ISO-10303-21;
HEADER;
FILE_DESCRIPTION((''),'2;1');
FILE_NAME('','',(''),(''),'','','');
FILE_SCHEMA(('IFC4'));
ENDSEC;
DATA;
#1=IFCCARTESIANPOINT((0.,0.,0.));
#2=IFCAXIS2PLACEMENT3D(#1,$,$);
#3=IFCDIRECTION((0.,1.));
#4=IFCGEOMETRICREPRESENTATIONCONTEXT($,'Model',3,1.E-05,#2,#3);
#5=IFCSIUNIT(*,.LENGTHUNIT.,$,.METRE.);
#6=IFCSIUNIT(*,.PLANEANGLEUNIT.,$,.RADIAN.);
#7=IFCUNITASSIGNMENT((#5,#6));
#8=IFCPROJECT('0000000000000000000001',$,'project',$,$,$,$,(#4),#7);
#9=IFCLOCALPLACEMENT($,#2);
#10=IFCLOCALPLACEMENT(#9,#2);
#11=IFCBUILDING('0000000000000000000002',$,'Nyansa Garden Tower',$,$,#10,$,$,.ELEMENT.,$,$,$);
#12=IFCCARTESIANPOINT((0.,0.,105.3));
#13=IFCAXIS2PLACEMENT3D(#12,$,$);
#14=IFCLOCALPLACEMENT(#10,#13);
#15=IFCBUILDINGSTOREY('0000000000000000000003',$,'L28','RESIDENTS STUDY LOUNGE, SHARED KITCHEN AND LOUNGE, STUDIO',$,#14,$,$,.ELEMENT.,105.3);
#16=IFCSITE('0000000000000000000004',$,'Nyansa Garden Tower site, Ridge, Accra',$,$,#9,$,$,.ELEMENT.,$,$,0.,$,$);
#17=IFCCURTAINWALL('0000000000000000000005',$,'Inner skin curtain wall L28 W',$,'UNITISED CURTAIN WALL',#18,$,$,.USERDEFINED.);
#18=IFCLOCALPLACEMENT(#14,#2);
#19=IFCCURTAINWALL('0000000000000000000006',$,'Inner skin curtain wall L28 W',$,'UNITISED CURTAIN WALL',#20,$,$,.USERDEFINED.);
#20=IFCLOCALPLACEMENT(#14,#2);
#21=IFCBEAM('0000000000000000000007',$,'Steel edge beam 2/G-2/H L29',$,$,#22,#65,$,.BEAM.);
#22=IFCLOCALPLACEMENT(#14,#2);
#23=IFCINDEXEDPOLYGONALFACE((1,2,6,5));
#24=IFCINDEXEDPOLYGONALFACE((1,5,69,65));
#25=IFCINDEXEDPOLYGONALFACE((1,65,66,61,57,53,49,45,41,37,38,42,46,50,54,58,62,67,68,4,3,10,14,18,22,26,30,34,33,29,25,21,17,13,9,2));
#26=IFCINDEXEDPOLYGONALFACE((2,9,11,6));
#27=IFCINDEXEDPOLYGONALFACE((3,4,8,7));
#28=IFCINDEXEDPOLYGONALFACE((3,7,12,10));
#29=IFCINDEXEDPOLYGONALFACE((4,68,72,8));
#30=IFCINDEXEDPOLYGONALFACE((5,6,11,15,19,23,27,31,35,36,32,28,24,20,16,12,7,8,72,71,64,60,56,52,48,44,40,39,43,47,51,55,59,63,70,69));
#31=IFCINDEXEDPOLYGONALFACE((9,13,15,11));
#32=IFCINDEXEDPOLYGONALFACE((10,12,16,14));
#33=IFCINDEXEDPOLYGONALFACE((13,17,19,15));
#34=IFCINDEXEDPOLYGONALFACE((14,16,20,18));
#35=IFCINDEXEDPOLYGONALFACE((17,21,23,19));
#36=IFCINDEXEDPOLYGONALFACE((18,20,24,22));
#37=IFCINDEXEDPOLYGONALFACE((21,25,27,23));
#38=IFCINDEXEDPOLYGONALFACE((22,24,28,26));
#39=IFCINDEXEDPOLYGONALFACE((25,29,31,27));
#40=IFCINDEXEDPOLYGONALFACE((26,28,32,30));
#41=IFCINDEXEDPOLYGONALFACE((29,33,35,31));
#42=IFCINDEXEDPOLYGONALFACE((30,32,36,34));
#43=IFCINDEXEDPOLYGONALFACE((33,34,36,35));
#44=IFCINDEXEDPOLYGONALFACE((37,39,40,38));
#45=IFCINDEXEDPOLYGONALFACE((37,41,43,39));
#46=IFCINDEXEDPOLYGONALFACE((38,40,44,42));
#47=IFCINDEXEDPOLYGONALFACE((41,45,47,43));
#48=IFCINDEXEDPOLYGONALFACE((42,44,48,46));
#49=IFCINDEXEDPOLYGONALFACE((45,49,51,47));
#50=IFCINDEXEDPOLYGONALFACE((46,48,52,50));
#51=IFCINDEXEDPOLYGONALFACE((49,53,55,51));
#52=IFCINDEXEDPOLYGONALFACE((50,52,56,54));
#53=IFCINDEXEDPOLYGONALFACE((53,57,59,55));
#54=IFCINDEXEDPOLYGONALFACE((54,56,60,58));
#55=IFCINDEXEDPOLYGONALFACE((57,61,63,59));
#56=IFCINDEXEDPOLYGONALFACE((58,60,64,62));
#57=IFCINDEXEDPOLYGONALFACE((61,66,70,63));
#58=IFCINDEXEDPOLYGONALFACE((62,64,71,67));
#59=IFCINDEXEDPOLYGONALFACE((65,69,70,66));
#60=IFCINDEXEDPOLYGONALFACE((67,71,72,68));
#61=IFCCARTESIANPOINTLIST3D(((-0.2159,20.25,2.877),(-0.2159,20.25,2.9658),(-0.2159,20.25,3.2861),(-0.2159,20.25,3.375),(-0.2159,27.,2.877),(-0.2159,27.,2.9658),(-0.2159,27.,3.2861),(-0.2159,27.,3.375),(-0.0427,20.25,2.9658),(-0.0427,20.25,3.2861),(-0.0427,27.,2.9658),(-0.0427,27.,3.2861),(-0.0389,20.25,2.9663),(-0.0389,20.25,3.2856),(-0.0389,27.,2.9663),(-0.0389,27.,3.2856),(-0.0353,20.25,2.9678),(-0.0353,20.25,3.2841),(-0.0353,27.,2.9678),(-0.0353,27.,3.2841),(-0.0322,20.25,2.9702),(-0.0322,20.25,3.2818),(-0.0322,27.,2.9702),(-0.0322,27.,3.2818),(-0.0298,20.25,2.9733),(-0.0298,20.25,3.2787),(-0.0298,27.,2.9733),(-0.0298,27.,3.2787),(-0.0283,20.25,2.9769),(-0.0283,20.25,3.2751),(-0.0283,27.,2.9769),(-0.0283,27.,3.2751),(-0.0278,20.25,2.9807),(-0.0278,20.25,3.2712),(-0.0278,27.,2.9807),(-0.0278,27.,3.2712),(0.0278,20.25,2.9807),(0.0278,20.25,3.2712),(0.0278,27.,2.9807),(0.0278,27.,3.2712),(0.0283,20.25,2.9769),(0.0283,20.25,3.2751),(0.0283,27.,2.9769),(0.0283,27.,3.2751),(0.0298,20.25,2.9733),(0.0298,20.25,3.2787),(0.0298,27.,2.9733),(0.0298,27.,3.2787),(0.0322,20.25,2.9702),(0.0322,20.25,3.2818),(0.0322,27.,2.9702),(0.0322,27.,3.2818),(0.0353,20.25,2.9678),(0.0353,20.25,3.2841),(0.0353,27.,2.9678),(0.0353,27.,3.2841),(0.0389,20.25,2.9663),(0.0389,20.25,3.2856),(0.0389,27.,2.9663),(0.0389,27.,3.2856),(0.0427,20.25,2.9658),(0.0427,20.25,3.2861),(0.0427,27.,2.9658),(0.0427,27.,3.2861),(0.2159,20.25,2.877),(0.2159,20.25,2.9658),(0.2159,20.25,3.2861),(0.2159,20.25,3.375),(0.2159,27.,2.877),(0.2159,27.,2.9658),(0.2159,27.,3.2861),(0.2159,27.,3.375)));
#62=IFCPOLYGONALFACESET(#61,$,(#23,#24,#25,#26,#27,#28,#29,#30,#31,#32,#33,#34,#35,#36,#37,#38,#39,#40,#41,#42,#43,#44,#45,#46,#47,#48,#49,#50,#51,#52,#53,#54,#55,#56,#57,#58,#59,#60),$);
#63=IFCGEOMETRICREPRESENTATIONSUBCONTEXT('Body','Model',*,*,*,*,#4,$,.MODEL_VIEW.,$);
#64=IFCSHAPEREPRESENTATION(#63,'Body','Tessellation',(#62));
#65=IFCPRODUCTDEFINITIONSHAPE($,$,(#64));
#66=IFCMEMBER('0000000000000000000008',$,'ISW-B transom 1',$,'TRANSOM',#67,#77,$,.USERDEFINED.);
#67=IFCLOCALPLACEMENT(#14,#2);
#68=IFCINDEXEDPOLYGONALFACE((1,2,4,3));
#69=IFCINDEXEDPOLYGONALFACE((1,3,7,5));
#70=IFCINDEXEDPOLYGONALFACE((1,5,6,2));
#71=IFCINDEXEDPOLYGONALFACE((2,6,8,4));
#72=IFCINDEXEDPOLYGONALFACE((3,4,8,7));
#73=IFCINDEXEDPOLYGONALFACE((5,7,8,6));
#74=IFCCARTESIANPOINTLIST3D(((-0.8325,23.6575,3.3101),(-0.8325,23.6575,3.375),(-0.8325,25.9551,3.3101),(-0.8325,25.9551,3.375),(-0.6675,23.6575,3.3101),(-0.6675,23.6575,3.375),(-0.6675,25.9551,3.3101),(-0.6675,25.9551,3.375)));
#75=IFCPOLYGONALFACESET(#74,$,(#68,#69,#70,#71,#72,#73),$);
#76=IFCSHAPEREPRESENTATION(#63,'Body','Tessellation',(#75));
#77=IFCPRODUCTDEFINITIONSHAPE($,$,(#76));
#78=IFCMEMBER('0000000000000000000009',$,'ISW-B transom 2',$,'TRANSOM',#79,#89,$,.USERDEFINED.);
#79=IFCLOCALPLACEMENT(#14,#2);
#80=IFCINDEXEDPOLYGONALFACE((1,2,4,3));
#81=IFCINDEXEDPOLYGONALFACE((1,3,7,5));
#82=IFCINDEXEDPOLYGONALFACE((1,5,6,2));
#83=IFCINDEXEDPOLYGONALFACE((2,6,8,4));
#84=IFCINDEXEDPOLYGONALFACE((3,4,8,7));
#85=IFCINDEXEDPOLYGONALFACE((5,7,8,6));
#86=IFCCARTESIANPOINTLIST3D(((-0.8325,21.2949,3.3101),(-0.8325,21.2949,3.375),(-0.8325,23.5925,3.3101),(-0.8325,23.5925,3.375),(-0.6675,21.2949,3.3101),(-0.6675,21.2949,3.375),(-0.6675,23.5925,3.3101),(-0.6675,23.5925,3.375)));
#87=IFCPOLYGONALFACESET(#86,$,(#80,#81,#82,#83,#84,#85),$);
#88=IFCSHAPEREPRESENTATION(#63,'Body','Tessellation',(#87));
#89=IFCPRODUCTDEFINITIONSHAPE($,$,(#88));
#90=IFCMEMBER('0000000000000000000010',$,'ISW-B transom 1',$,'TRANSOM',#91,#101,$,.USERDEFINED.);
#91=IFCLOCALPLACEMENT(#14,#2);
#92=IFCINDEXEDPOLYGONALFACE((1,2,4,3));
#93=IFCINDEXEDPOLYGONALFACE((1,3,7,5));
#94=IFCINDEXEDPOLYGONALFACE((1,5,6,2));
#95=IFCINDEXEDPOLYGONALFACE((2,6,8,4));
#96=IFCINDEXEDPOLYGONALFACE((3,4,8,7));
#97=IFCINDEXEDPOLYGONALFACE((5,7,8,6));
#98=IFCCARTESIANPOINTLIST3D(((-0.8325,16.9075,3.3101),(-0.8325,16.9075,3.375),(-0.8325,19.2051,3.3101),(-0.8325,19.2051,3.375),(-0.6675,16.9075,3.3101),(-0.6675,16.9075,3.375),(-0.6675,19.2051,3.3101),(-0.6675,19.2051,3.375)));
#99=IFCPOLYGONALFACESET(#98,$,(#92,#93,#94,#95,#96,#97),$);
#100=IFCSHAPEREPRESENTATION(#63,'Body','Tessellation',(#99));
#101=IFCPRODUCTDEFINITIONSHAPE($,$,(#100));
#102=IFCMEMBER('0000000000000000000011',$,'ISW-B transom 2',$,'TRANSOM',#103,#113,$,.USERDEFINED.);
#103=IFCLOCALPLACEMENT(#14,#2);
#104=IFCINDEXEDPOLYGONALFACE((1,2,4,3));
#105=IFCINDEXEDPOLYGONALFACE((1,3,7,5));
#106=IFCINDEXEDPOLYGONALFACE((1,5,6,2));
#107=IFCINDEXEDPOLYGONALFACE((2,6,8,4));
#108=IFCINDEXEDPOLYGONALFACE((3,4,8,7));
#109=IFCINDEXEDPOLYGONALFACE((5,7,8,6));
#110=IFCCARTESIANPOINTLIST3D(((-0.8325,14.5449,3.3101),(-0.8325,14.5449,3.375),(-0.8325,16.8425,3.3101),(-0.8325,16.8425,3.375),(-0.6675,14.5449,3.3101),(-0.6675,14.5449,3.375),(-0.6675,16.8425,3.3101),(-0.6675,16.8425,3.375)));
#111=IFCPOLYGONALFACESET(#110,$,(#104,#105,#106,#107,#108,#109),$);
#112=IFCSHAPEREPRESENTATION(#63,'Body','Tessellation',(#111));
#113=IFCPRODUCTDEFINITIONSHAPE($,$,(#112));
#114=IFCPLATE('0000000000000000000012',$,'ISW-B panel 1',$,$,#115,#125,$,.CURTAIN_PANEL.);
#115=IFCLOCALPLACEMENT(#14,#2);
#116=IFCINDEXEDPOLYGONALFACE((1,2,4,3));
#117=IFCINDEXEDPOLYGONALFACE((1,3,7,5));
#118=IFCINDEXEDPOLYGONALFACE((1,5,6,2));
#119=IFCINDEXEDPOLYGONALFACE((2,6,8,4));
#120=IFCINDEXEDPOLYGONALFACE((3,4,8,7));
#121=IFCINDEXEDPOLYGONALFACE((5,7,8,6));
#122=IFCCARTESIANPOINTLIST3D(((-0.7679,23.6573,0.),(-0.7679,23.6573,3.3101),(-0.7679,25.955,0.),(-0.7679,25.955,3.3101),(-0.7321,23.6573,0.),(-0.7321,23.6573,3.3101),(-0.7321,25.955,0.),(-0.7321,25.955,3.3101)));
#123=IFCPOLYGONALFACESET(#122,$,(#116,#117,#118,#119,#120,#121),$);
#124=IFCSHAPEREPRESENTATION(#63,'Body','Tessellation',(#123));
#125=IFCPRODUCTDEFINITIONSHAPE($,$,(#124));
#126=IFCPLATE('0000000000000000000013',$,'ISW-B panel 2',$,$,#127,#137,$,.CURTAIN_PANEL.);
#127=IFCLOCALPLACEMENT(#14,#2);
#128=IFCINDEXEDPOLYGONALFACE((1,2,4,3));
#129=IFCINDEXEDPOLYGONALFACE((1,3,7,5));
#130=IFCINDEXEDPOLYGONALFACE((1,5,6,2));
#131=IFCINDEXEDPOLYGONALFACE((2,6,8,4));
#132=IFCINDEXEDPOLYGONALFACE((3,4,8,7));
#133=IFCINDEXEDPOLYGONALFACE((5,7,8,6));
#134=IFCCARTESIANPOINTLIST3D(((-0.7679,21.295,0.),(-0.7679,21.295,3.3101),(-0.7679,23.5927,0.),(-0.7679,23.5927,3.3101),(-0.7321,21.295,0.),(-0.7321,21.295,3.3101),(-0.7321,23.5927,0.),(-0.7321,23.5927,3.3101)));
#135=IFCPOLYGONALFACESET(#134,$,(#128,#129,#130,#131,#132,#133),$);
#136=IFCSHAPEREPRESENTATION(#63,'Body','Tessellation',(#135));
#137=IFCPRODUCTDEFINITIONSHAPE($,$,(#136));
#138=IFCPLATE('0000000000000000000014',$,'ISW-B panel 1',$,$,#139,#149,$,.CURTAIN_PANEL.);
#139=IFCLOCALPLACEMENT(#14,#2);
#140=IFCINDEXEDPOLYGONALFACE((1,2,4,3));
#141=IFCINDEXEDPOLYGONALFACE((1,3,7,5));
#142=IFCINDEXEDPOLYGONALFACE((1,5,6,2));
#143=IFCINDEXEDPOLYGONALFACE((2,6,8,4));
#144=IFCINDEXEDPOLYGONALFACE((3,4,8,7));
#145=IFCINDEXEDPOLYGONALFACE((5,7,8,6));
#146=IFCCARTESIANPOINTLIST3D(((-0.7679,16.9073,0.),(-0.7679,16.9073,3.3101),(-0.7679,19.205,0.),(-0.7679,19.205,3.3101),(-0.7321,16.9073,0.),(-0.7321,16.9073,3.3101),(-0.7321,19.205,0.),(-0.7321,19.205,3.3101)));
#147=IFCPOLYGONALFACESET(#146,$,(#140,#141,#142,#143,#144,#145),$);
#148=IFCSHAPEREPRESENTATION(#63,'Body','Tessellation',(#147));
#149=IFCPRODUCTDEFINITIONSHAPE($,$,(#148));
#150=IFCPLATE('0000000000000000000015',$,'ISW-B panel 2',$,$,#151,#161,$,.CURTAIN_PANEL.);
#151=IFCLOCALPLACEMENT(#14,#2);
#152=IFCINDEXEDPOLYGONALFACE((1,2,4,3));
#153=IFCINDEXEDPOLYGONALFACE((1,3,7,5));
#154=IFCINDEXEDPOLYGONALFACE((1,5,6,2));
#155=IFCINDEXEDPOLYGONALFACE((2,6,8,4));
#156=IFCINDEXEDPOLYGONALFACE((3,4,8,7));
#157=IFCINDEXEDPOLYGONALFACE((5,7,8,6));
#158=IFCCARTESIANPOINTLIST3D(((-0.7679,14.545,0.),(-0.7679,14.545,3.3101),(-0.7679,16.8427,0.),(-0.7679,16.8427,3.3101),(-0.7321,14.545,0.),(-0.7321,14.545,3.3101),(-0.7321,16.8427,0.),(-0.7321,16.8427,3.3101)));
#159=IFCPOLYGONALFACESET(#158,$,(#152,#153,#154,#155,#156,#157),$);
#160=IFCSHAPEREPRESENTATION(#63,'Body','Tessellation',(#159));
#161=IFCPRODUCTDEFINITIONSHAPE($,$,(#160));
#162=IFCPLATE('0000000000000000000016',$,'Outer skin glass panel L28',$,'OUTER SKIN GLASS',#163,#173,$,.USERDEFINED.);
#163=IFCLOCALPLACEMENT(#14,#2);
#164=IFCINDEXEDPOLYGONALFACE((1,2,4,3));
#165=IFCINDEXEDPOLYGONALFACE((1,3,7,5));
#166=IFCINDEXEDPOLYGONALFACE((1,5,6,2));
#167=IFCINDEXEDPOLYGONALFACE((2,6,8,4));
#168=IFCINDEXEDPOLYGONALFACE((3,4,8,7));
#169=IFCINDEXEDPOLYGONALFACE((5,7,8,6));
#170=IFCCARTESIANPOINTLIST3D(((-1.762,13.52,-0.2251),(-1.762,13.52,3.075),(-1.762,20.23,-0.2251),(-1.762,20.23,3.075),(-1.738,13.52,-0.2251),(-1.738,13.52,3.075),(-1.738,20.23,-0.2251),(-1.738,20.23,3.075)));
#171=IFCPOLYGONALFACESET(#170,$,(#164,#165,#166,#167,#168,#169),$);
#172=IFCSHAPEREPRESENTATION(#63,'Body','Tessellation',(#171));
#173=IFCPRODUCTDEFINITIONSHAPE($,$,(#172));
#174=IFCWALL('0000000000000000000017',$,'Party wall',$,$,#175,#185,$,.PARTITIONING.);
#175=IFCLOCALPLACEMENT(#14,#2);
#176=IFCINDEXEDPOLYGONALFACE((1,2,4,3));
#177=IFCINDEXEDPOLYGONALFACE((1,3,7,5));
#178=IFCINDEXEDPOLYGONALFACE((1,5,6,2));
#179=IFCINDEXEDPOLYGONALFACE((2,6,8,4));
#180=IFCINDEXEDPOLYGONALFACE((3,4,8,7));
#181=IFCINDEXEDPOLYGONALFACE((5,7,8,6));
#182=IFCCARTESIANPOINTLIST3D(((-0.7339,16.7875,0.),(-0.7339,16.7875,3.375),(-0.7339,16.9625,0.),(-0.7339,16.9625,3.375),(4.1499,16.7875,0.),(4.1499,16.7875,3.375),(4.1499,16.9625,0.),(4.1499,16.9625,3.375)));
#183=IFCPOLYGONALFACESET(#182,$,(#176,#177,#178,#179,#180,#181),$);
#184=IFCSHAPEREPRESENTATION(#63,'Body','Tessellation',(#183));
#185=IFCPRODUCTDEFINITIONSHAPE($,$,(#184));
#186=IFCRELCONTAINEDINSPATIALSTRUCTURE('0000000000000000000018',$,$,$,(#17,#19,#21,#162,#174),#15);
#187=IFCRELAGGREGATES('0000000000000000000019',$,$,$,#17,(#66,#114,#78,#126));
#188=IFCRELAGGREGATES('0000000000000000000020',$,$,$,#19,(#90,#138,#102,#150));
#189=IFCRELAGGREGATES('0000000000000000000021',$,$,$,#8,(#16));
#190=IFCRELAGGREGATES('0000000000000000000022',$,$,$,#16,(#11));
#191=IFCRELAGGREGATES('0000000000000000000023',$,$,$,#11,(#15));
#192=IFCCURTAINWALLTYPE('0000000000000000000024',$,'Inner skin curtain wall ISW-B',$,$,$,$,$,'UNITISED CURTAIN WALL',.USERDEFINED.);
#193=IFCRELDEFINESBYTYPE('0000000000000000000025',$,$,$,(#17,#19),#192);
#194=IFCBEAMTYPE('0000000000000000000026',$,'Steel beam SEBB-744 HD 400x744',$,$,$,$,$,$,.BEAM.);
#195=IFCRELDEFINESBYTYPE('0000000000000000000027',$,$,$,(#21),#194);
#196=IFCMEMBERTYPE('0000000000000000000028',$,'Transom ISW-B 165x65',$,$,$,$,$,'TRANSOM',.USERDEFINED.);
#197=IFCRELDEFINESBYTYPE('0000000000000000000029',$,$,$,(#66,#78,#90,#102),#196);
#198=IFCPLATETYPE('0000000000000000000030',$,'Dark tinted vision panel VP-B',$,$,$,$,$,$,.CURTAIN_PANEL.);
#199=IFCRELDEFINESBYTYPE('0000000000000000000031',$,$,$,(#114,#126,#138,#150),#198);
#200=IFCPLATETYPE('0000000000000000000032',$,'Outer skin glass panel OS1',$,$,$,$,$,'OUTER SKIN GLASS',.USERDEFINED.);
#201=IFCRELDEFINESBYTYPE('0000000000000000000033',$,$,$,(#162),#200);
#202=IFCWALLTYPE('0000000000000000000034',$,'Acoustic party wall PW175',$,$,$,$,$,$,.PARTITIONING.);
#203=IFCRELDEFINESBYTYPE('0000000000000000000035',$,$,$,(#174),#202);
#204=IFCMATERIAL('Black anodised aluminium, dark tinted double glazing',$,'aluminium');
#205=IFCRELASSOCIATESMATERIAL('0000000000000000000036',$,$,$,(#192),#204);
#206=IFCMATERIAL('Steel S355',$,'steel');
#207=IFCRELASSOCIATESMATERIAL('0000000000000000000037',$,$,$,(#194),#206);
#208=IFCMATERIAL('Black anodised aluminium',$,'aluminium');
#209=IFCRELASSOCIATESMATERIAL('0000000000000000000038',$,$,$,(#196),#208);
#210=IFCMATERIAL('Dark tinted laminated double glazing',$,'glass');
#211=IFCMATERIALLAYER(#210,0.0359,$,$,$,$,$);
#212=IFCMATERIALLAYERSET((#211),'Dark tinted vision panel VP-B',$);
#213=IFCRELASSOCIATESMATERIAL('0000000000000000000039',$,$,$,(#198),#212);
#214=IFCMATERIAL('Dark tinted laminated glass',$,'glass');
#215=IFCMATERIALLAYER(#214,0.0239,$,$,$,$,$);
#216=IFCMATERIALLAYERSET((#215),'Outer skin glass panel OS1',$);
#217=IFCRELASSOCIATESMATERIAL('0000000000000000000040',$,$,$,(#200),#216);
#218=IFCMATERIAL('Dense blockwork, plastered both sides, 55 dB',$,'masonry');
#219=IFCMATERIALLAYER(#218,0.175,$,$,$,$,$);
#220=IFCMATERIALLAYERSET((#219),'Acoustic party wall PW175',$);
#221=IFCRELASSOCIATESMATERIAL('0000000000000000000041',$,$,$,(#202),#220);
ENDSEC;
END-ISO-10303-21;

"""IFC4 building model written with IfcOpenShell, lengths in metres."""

from ifc_helpers import new_model, si_unit, direction, frame, frame_2d, origin, origin_2d, place, context, subcontext, project, spatial, rectangle, i_section, extrude, material, layer, layer_set, material_profile, profile_set, type_object, element, aggregate, save


model = new_model("IFC4")

# Units and contexts
model_context = context("Model", 3, precision=1e-05, world=origin(), true_north=direction((0.0, 1.0)))
body_context = subcontext(model_context, "Body", "Model", "MODEL_VIEW")
ifc_project = project(units=[si_unit("LENGTHUNIT", "METRE"), si_unit("PLANEANGLEUNIT", "RADIAN")], contexts=[model_context])

# Site, building, storey
site_placement = place(None, origin())
site = spatial("IfcSite", under=ifc_project, at=site_placement, Name="Nyansa Garden Tower site, Ridge, Accra", CompositionType="ELEMENT", RefElevation=0.0)
building_placement = place(site_placement, origin())
building = spatial("IfcBuilding", under=site, at=building_placement, Name="Nyansa Garden Tower", CompositionType="ELEMENT")
storey_placement = place(building_placement, frame((0.0, 0.0, 105.3)))
storey = spatial("IfcBuildingStorey", under=building, at=storey_placement, Name="L28", Description="RESIDENTS STUDY LOUNGE, SHARED KITCHEN AND LOUNGE, STUDIO", CompositionType="ELEMENT", Elevation=105.3)

# Curtain walls
ifc_material_1 = material(Name="Black anodised aluminium, dark tinted double glazing", Category="aluminium")
curtain_wall_type = type_object("IfcCurtainWallType", Name="Inner skin curtain wall ISW-B", ElementType="UNITISED CURTAIN WALL", PredefinedType="USERDEFINED", material=ifc_material_1)
curtain_wall_1_placement = place(storey_placement, origin())
curtain_wall_1 = element("IfcCurtainWall", 1, at=curtain_wall_1_placement, inside=storey, type_object=curtain_wall_type, Name="Inner skin curtain wall L28 W", ObjectType="UNITISED CURTAIN WALL", PredefinedType="USERDEFINED")
curtain_wall_2_placement = place(storey_placement, origin())
curtain_wall_2 = element("IfcCurtainWall", 2, at=curtain_wall_2_placement, inside=storey, type_object=curtain_wall_type, Name="Inner skin curtain wall L28 W", ObjectType="UNITISED CURTAIN WALL", PredefinedType="USERDEFINED")

# Beam
ifc_material_2 = material(Name="Steel S355", Category="steel")
ifc_material_profile_1 = material_profile(ifc_material_2, i_section(OverallWidth=0.4319, OverallDepth=0.498, WebThickness=0.0557, FlangeThickness=0.0889, FilletRadius=0.0149, at=origin_2d()), Name="HD 400x744")
ifc_profile_set_1 = profile_set([ifc_material_profile_1], Name="Steel S355")
beam_type_1 = type_object("IfcBeamType", Name="Steel beam SEBB-744 HD 400x744", PredefinedType="BEAM", material=ifc_profile_set_1)
beam_1_placement = place(storey_placement, frame((0.0, 20.25, 3.126), z_axis=(0.0, 1.0, 0.0), x_axis=(-1.0, 0.0, 0.0)))
element("IfcBeam", 3, at=beam_1_placement, inside=storey, type_object=beam_type_1, Name="Steel edge beam 2/G-2/H L29", PredefinedType="BEAM", context=body_context, shape_type="SweptSolid", body=[
    extrude(i_section(OverallWidth=0.4319, OverallDepth=0.498, WebThickness=0.0557, FlangeThickness=0.0889, FilletRadius=0.0149, at=origin_2d()), origin(), (0.0, 0.0, 1.0), 6.75),
])

# Members
ifc_material_3 = material(Name="Black anodised aluminium", Category="aluminium")
ifc_material_profile_2 = material_profile(ifc_material_3, rectangle(XDim=0.165, YDim=0.0649, at=origin_2d()), Name="Transom 165x65")
ifc_profile_set_2 = profile_set([ifc_material_profile_2], Name="Black anodised aluminium")
member_type_1 = type_object("IfcMemberType", Name="Transom ISW-B 165x65", ElementType="TRANSOM", PredefinedType="USERDEFINED", material=ifc_profile_set_2)
member_1_placement = place(storey_placement, frame((-0.75, 25.9551, 3.3425), z_axis=(0.0, -1.0, 0.0), x_axis=(1.0, 0.0, 0.0)))
member_1 = element("IfcMember", 4, at=member_1_placement, type_object=member_type_1, Name="ISW-B transom 1", ObjectType="TRANSOM", PredefinedType="USERDEFINED", context=body_context, shape_type="SweptSolid", body=[
    extrude(rectangle(XDim=0.165, YDim=0.0649, at=origin_2d()), origin(), (0.0, 0.0, 1.0), 2.2976),
])
member_2_placement = place(storey_placement, frame((-0.75, 23.5925, 3.3425), z_axis=(0.0, -1.0, 0.0), x_axis=(1.0, 0.0, 0.0)))
member_2 = element("IfcMember", 5, at=member_2_placement, type_object=member_type_1, Name="ISW-B transom 2", ObjectType="TRANSOM", PredefinedType="USERDEFINED", context=body_context, shape_type="SweptSolid", body=[
    extrude(rectangle(XDim=0.165, YDim=0.0649, at=origin_2d()), origin(), (0.0, 0.0, 1.0), 2.2976),
])
member_3_placement = place(storey_placement, frame((-0.75, 19.2051, 3.3425), z_axis=(0.0, -1.0, 0.0), x_axis=(1.0, 0.0, 0.0)))
member_3 = element("IfcMember", 6, at=member_3_placement, type_object=member_type_1, Name="ISW-B transom 1", ObjectType="TRANSOM", PredefinedType="USERDEFINED", context=body_context, shape_type="SweptSolid", body=[
    extrude(rectangle(XDim=0.165, YDim=0.0649, at=origin_2d()), origin(), (0.0, 0.0, 1.0), 2.2976),
])
member_4_placement = place(storey_placement, frame((-0.75, 16.8425, 3.3425), z_axis=(0.0, -1.0, 0.0), x_axis=(1.0, 0.0, 0.0)))
member_4 = element("IfcMember", 7, at=member_4_placement, type_object=member_type_1, Name="ISW-B transom 2", ObjectType="TRANSOM", PredefinedType="USERDEFINED", context=body_context, shape_type="SweptSolid", body=[
    extrude(rectangle(XDim=0.165, YDim=0.0649, at=origin_2d()), origin(), (0.0, 0.0, 1.0), 2.2976),
])

# Plates
ifc_material_4 = material(Name="Dark tinted laminated double glazing", Category="glass")
ifc_layer_1 = layer(ifc_material_4, 0.0359)
ifc_layer_set_1 = layer_set([ifc_layer_1], Name="Dark tinted vision panel VP-B")
plate_type_1 = type_object("IfcPlateType", Name="Dark tinted vision panel VP-B", PredefinedType="CURTAIN_PANEL", material=ifc_layer_set_1)
plate_1_placement = place(storey_placement, frame((-0.75, 24.8062, 0.0), z_axis=(0.0, 0.0, 1.0), x_axis=(0.0, -1.0, 0.0)))
plate_1 = element("IfcPlate", 8, at=plate_1_placement, type_object=plate_type_1, Name="ISW-B panel 1", PredefinedType="CURTAIN_PANEL", context=body_context, shape_type="SweptSolid", body=[
    extrude(rectangle(XDim=2.2976, YDim=0.0359, at=origin_2d()), origin(), (0.0, 0.0, 1.0), 3.3101),
])
plate_2_placement = place(storey_placement, frame((-0.75, 22.4438, 0.0), z_axis=(0.0, 0.0, 1.0), x_axis=(0.0, -1.0, 0.0)))
plate_2 = element("IfcPlate", 9, at=plate_2_placement, type_object=plate_type_1, Name="ISW-B panel 2", PredefinedType="CURTAIN_PANEL", context=body_context, shape_type="SweptSolid", body=[
    extrude(rectangle(XDim=2.2976, YDim=0.0359, at=origin_2d()), origin(), (0.0, 0.0, 1.0), 3.3101),
])
aggregate(curtain_wall_1, [member_1, plate_1, member_2, plate_2])
plate_3_placement = place(storey_placement, frame((-0.75, 18.0562, 0.0), z_axis=(0.0, 0.0, 1.0), x_axis=(0.0, -1.0, 0.0)))
plate_3 = element("IfcPlate", 10, at=plate_3_placement, type_object=plate_type_1, Name="ISW-B panel 1", PredefinedType="CURTAIN_PANEL", context=body_context, shape_type="SweptSolid", body=[
    extrude(rectangle(XDim=2.2976, YDim=0.0359, at=origin_2d()), origin(), (0.0, 0.0, 1.0), 3.3101),
])
plate_4_placement = place(storey_placement, frame((-0.75, 15.6938, 0.0), z_axis=(0.0, 0.0, 1.0), x_axis=(0.0, -1.0, 0.0)))
plate_4 = element("IfcPlate", 11, at=plate_4_placement, type_object=plate_type_1, Name="ISW-B panel 2", PredefinedType="CURTAIN_PANEL", context=body_context, shape_type="SweptSolid", body=[
    extrude(rectangle(XDim=2.2976, YDim=0.0359, at=origin_2d()), origin(), (0.0, 0.0, 1.0), 3.3101),
])
aggregate(curtain_wall_2, [member_3, plate_3, member_4, plate_4])
ifc_material_5 = material(Name="Dark tinted laminated glass", Category="glass")
ifc_layer_2 = layer(ifc_material_5, 0.0239)
ifc_layer_set_2 = layer_set([ifc_layer_2], Name="Outer skin glass panel OS1")
plate_type_2 = type_object("IfcPlateType", Name="Outer skin glass panel OS1", ElementType="OUTER SKIN GLASS", PredefinedType="USERDEFINED", material=ifc_layer_set_2)
plate_5_placement = place(storey_placement, frame((-1.75, 16.875, -0.2251), z_axis=(0.0, 0.0, 1.0), x_axis=(0.0, 1.0, 0.0)))
element("IfcPlate", 12, at=plate_5_placement, inside=storey, type_object=plate_type_2, Name="Outer skin glass panel L28", ObjectType="OUTER SKIN GLASS", PredefinedType="USERDEFINED", context=body_context, shape_type="SweptSolid", body=[
    extrude(rectangle(XDim=6.71, YDim=0.0239, at=origin_2d()), origin(), (0.0, 0.0, 1.0), 3.3),
])

# Wall
ifc_material_6 = material(Name="Dense blockwork, plastered both sides, 55 dB", Category="masonry")
ifc_layer_3 = layer(ifc_material_6, 0.175)
ifc_layer_set_3 = layer_set([ifc_layer_3], Name="Acoustic party wall PW175")
wall_type_1 = type_object("IfcWallType", Name="Acoustic party wall PW175", PredefinedType="PARTITIONING", material=ifc_layer_set_3)
wall_1_placement = place(storey_placement, frame((-0.7339, 16.875, 0.0), z_axis=(0.0, 0.0, 1.0), x_axis=(1.0, 0.0, 0.0)))
element("IfcWall", 13, at=wall_1_placement, inside=storey, type_object=wall_type_1, Name="Party wall", PredefinedType="PARTITIONING", context=body_context, shape_type="SweptSolid", body=[
    extrude(rectangle(XDim=4.8838, YDim=0.175, at=frame_2d((2.4419, 0.0))), origin(), (0.0, 0.0, 1.0), 3.375),
])

save(model, "model.ifc")
